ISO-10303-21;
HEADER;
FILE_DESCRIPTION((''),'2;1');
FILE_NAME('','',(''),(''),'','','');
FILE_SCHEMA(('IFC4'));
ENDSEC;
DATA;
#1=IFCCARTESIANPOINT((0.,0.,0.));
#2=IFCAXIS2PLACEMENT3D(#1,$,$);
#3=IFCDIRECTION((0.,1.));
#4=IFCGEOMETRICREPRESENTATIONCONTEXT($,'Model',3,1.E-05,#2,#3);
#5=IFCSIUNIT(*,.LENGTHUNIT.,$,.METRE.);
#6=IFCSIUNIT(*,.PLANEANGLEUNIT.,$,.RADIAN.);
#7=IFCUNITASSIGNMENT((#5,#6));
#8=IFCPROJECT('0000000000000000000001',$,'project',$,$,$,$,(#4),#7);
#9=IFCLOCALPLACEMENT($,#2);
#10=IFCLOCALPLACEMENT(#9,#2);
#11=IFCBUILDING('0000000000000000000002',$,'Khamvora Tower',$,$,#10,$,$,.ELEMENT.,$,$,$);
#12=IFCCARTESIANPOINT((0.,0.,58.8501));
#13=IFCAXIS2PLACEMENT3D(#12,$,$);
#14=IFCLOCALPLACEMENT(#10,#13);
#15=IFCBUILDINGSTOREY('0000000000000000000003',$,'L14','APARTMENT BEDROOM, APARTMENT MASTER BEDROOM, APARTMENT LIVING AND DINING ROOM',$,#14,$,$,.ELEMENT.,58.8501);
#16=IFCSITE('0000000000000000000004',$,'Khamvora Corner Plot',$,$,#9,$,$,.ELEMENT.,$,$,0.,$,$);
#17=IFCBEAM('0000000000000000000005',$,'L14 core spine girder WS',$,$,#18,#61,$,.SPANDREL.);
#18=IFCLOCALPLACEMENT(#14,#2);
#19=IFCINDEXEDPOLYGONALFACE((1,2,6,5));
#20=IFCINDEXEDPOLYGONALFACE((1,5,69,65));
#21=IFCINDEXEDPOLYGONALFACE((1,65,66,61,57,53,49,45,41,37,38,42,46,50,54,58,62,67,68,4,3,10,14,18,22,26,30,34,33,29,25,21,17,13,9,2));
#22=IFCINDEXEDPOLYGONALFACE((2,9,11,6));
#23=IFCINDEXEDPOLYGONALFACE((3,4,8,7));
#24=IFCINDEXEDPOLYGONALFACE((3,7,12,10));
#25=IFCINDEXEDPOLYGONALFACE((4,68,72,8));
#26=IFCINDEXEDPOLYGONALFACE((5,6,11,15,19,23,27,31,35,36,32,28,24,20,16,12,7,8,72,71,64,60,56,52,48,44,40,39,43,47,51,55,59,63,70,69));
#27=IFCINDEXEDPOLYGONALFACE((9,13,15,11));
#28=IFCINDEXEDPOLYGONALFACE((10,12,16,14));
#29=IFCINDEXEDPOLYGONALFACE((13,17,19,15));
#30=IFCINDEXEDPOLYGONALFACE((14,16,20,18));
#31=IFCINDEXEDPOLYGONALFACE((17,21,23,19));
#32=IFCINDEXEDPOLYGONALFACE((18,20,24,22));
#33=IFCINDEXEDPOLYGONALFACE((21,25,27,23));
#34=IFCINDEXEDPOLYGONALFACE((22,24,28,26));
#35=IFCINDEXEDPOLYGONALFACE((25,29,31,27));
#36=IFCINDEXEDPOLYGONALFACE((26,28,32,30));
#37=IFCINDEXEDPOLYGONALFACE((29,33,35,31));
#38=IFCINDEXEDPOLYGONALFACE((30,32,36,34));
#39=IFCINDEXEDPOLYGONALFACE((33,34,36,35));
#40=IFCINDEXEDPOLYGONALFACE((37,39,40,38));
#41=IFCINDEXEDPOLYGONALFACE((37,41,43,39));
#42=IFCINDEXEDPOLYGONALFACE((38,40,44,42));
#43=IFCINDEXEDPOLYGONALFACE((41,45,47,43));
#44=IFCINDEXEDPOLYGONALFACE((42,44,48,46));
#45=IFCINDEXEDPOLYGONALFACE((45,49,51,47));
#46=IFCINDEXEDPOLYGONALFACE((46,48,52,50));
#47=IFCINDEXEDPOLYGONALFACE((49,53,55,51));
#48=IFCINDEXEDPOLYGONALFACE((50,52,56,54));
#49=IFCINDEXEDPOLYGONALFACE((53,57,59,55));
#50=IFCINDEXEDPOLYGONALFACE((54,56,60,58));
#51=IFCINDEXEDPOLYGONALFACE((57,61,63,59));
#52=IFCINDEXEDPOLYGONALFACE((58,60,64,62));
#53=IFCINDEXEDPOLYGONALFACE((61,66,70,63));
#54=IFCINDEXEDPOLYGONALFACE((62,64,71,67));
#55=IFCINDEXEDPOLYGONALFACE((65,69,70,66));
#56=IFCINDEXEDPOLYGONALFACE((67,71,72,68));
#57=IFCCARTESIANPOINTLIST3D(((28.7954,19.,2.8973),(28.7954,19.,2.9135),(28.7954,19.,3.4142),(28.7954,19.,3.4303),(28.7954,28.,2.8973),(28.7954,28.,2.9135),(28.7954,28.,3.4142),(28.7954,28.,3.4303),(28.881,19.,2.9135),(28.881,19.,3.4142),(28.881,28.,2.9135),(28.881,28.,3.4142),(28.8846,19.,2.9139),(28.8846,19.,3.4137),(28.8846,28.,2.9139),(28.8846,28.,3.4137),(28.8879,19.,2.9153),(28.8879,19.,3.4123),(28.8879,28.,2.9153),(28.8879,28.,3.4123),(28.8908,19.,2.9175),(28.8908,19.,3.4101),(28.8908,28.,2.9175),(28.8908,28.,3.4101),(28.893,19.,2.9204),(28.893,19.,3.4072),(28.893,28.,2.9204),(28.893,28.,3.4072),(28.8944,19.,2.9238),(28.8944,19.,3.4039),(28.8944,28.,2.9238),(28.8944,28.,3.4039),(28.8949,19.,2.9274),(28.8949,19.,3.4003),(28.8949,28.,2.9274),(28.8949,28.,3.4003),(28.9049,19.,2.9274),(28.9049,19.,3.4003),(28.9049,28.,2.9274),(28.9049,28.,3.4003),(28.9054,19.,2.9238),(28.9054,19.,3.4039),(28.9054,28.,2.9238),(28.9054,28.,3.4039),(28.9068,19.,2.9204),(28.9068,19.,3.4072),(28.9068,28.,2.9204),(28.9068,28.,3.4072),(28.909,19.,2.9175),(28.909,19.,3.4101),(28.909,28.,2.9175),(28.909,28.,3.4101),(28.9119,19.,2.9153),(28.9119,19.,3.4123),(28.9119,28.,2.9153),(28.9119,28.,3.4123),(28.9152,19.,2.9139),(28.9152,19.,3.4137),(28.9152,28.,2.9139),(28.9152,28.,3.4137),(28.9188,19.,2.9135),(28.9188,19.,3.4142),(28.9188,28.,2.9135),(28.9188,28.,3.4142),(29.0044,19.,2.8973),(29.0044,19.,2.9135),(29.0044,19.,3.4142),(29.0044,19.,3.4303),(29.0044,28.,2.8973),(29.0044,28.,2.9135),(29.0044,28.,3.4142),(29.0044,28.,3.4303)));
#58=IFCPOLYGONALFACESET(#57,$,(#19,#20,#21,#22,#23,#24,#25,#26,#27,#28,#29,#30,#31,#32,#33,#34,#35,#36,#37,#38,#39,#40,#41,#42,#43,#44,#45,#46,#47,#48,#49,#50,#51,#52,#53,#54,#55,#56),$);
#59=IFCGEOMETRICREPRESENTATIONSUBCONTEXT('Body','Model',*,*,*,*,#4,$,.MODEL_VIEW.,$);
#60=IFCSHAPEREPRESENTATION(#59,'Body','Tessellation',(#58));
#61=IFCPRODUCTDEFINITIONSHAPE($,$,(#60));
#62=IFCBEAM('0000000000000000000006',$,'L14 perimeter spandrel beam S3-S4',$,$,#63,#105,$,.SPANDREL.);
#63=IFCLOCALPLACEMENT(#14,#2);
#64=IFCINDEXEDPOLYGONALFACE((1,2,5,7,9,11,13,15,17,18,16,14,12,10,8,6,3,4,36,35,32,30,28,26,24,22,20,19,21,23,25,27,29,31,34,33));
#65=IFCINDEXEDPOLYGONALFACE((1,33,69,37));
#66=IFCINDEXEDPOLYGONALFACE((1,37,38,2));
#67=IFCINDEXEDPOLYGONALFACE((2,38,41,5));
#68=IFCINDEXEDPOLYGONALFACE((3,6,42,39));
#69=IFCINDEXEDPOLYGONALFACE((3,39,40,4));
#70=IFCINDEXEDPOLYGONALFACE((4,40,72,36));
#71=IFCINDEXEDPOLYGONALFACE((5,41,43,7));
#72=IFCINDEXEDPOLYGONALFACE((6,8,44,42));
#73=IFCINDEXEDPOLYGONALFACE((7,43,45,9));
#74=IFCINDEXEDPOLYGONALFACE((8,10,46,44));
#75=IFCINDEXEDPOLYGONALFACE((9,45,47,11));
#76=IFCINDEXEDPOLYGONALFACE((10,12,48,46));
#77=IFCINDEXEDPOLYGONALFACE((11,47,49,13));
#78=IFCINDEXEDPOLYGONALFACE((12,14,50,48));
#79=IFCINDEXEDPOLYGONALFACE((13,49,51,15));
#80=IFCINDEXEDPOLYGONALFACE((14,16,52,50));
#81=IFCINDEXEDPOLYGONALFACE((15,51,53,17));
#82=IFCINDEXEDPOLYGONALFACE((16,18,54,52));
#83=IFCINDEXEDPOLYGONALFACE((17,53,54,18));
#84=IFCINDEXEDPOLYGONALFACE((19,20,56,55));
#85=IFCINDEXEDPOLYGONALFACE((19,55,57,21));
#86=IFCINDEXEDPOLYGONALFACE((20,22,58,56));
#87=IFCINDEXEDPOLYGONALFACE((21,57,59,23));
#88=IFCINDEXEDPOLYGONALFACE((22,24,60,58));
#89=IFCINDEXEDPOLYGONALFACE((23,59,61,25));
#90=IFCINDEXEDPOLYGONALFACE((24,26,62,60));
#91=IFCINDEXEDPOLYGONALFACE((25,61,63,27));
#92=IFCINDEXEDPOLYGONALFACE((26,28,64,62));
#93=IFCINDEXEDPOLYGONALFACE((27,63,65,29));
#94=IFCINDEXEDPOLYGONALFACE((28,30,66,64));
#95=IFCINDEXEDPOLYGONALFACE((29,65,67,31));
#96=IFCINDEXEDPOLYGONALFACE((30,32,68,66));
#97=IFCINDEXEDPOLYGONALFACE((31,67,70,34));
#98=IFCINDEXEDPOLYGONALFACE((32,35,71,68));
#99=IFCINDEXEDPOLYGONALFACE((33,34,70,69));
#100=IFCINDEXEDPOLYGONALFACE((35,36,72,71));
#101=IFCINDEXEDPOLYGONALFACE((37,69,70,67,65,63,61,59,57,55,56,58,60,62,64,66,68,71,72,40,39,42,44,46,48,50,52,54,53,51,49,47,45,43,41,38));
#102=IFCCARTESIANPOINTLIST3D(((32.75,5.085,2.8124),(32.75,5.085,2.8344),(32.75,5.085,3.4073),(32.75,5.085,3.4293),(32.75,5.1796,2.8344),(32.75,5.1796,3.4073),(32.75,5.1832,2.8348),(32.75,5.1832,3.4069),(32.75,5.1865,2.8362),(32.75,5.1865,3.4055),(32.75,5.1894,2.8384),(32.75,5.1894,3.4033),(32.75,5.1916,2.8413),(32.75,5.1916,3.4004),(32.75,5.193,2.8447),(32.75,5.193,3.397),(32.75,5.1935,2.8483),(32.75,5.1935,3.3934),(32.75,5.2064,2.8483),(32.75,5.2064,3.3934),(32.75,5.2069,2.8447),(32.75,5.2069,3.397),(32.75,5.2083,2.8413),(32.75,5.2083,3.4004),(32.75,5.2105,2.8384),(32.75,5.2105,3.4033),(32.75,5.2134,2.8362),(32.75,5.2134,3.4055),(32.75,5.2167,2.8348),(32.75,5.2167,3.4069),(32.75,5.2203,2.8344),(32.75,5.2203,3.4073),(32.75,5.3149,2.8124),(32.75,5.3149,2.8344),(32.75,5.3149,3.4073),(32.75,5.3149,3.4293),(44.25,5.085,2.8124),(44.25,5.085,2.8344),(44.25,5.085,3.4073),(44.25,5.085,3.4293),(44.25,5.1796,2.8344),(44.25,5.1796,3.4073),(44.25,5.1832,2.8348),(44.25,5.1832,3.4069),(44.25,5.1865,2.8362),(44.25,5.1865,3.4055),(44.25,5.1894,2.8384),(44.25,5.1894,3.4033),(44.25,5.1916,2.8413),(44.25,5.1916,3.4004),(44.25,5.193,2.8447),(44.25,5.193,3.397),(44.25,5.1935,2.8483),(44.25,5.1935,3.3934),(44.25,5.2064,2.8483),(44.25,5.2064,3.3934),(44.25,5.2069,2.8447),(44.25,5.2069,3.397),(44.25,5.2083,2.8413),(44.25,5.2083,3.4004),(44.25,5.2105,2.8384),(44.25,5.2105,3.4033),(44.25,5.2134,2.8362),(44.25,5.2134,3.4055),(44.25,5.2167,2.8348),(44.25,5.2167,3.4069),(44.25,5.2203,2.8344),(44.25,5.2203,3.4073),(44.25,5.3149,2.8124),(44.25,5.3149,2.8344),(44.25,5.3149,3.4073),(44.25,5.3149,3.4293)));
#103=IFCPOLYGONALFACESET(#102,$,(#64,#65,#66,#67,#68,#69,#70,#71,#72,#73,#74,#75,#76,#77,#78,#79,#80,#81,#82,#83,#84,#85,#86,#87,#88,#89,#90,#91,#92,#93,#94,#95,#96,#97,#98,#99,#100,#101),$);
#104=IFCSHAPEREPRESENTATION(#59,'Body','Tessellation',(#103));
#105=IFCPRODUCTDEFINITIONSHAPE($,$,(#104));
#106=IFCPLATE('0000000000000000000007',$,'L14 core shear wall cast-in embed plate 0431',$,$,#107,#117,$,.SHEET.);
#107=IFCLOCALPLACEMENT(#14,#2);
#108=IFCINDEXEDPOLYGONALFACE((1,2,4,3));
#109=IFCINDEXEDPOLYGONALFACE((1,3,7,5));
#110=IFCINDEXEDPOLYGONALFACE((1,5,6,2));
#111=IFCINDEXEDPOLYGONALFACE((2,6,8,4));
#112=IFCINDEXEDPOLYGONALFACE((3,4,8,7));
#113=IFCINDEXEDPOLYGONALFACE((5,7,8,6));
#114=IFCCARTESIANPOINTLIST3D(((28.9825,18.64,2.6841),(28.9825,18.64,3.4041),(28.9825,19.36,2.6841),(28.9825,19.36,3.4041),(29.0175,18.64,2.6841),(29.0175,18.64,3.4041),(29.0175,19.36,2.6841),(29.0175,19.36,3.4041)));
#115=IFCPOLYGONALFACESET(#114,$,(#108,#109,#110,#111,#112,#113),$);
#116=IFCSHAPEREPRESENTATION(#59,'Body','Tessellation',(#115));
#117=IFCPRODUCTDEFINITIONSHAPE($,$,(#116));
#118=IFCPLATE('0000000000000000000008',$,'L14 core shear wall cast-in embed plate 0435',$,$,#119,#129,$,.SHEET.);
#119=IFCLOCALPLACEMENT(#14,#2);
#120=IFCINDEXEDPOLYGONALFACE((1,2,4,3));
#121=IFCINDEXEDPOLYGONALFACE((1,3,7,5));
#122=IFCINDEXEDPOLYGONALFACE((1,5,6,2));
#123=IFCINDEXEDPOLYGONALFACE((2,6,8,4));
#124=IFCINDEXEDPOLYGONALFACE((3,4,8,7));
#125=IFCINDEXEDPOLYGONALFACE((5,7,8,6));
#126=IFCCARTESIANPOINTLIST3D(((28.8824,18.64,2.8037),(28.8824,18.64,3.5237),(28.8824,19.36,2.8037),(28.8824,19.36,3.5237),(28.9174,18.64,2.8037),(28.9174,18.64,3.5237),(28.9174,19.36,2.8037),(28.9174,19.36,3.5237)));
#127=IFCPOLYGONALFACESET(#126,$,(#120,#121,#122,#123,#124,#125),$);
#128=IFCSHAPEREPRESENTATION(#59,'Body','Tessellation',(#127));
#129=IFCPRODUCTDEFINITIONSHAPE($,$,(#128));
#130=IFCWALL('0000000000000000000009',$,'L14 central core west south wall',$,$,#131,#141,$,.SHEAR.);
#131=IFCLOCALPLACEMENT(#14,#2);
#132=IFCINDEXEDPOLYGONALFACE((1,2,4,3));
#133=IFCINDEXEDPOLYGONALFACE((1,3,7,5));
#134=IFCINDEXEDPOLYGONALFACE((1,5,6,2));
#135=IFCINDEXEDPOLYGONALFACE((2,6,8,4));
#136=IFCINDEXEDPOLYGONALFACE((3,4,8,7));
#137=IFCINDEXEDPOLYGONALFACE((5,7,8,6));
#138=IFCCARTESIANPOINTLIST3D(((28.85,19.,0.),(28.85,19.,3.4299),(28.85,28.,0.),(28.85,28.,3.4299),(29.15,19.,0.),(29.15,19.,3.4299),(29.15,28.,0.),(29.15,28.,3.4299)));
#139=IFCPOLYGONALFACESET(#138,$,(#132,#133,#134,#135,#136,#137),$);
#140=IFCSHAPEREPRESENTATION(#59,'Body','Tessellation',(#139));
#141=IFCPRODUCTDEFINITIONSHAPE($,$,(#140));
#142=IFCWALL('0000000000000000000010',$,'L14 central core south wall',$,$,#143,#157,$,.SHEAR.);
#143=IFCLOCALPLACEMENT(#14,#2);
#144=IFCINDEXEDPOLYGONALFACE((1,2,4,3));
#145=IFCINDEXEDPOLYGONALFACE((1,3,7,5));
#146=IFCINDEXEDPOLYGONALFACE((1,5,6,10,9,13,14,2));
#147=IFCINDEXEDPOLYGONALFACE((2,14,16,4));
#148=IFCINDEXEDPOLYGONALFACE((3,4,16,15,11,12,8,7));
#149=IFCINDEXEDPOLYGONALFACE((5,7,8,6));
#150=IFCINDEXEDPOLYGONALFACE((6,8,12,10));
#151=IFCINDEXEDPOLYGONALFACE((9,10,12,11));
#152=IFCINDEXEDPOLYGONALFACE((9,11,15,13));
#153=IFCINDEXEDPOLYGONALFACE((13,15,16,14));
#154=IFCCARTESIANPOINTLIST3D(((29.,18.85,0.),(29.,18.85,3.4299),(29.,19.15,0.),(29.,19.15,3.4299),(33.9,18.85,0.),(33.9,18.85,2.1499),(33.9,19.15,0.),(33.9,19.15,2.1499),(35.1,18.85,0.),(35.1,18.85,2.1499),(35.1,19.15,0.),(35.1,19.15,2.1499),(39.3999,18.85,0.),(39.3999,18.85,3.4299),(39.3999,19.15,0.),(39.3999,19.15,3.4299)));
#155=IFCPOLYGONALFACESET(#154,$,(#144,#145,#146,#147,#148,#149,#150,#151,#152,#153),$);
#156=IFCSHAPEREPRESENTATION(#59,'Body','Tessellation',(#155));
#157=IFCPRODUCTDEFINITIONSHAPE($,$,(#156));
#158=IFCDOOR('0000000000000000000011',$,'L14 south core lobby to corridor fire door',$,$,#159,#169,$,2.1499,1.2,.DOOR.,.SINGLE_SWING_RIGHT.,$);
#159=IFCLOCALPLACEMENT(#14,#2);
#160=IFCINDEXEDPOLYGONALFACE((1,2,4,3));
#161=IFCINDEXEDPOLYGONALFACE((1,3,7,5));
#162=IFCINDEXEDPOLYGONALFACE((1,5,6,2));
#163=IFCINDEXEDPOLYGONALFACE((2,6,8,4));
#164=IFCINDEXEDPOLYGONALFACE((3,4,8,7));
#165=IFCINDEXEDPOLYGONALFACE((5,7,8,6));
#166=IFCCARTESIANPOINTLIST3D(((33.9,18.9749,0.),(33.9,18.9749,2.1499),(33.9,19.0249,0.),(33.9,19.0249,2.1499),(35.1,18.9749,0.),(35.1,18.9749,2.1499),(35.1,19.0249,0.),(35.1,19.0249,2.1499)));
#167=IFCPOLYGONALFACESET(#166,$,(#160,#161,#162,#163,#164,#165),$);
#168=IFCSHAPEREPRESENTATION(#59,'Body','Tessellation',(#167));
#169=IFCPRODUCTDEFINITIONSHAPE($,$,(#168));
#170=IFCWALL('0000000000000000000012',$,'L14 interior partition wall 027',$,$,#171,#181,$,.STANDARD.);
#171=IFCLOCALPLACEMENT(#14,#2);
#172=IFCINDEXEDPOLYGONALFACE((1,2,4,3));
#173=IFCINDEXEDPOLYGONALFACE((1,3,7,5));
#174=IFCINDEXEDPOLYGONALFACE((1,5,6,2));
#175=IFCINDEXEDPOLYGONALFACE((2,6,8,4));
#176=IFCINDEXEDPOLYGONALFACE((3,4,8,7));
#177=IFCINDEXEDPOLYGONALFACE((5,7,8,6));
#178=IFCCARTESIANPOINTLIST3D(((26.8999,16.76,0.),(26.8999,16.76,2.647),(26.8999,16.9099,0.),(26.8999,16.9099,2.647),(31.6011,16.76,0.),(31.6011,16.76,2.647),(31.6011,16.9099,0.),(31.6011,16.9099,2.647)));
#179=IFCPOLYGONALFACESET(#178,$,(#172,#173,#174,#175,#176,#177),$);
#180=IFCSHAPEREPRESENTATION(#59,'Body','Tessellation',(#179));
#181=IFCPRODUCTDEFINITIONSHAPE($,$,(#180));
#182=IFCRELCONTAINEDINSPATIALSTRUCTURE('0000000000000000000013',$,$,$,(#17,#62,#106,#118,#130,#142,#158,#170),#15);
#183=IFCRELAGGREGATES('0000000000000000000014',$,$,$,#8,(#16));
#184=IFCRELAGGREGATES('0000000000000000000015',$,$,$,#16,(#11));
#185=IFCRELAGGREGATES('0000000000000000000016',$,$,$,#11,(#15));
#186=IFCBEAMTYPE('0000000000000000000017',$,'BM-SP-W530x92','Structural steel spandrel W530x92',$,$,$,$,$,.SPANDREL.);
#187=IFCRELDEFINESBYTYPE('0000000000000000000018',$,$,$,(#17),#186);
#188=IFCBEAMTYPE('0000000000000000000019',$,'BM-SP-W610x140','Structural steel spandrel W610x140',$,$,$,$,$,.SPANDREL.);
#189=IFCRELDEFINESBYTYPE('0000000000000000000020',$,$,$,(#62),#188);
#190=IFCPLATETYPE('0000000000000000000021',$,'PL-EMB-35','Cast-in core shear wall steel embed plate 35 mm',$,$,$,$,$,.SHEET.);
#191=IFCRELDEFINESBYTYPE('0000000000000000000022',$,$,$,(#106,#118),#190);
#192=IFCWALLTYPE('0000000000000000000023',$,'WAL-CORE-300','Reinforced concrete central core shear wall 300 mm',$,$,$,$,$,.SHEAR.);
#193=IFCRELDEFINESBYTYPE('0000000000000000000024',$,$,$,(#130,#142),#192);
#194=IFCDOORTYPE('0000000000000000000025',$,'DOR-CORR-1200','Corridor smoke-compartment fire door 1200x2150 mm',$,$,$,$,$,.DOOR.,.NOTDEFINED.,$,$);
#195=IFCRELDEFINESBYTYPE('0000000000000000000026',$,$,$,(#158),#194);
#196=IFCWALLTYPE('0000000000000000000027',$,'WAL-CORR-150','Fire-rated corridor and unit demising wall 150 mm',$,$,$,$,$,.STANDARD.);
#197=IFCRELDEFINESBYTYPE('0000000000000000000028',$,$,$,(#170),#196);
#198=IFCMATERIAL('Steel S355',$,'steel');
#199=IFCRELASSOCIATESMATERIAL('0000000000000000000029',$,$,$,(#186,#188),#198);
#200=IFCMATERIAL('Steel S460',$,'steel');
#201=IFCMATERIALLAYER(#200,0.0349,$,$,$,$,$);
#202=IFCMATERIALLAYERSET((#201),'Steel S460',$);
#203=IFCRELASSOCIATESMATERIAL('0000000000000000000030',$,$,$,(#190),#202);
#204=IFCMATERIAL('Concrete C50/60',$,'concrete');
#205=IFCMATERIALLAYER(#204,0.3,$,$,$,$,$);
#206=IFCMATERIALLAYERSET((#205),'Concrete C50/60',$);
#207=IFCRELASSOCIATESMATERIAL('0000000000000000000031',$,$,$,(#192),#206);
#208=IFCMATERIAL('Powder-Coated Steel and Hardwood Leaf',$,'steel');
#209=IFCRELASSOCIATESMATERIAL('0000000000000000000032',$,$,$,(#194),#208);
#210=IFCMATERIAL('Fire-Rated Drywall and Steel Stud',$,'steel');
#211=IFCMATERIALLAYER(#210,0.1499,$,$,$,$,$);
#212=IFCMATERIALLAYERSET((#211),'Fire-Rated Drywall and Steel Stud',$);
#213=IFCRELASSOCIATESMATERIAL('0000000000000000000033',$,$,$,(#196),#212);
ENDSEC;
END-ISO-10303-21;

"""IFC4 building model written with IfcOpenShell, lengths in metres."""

from ifc_helpers import new_model, si_unit, direction, frame, frame_2d, origin, origin_2d, place, context, subcontext, project, spatial, rectangle, i_section, extrude, material, layer, layer_set, material_profile, profile_set, type_object, element, fill, save


model = new_model("IFC4")

# Units and contexts
model_context = context("Model", 3, precision=1e-05, world=origin(), true_north=direction((0.0, 1.0)))
body_context = subcontext(model_context, "Body", "Model", "MODEL_VIEW")
ifc_project = project(units=[si_unit("LENGTHUNIT", "METRE"), si_unit("PLANEANGLEUNIT", "RADIAN")], contexts=[model_context])

# Site, building, storey
site_placement = place(None, origin())
site = spatial("IfcSite", under=ifc_project, at=site_placement, Name="Khamvora Corner Plot", CompositionType="ELEMENT", RefElevation=0.0)
building_placement = place(site_placement, origin())
building = spatial("IfcBuilding", under=site, at=building_placement, Name="Khamvora Tower", CompositionType="ELEMENT")
storey_placement = place(building_placement, frame((0.0, 0.0, 58.8501)))
storey = spatial("IfcBuildingStorey", under=building, at=storey_placement, Name="L14", Description="APARTMENT BEDROOM, APARTMENT MASTER BEDROOM, APARTMENT LIVING AND DINING ROOM", CompositionType="ELEMENT", Elevation=58.8501)

# Shared definitions
ifc_material_1 = material(Name="Steel S460", Category="steel")

# Beams
ifc_material_2 = material(Name="Steel S355", Category="steel")
ifc_material_profile_1 = material_profile(ifc_material_2, i_section(OverallWidth=0.209, OverallDepth=0.533, WebThickness=0.01, FlangeThickness=0.0161, FilletRadius=0.0139, at=origin_2d()), Name="W530x92")
ifc_profile_set_1 = profile_set([ifc_material_profile_1], Name="Steel S355")
beam_type_1 = type_object("IfcBeamType", Name="BM-SP-W530x92", Description="Structural steel spandrel W530x92", PredefinedType="SPANDREL", material=ifc_profile_set_1)
beam_1_placement = place(storey_placement, frame((28.8999, 19.0, 3.1638), z_axis=(0.0, 1.0, 0.0), x_axis=(-1.0, 0.0, 0.0)))
element("IfcBeam", 1, at=beam_1_placement, inside=storey, type_object=beam_type_1, Name="L14 core spine girder WS", PredefinedType="SPANDREL", context=body_context, shape_type="SweptSolid", body=[
    extrude(i_section(OverallWidth=0.209, OverallDepth=0.533, WebThickness=0.01, FlangeThickness=0.0161, FilletRadius=0.0139, at=origin_2d()), origin(), (0.0, 0.0, 1.0), 9.0),
])
ifc_material_profile_2 = material_profile(ifc_material_2, i_section(OverallWidth=0.23, OverallDepth=0.6169, WebThickness=0.0129, FlangeThickness=0.022, FilletRadius=0.0139, at=origin_2d()), Name="W610x140")
ifc_profile_set_2 = profile_set([ifc_material_profile_2], Name="Steel S355")
beam_type_2 = type_object("IfcBeamType", Name="BM-SP-W610x140", Description="Structural steel spandrel W610x140", PredefinedType="SPANDREL", material=ifc_profile_set_2)
beam_2_placement = place(storey_placement, frame((32.75, 5.2, 3.1208), z_axis=(1.0, 0.0, 0.0), x_axis=(0.0, 1.0, 0.0)))
element("IfcBeam", 2, at=beam_2_placement, inside=storey, type_object=beam_type_2, Name="L14 perimeter spandrel beam S3-S4", PredefinedType="SPANDREL", context=body_context, shape_type="SweptSolid", body=[
    extrude(i_section(OverallWidth=0.23, OverallDepth=0.6169, WebThickness=0.0129, FlangeThickness=0.022, FilletRadius=0.0139, at=origin_2d()), origin(), (0.0, 0.0, 1.0), 11.5),
])

# Plates
ifc_layer_1 = layer(ifc_material_1, 0.0349)
ifc_layer_set_1 = layer_set([ifc_layer_1], Name="Steel S460")
plate_type = type_object("IfcPlateType", Name="PL-EMB-35", Description="Cast-in core shear wall steel embed plate 35 mm", PredefinedType="SHEET", material=ifc_layer_set_1)
for number, where, z_axis, x_axis, name in (
    (3, (29.0, 19.0, 2.6841), (0.0, 0.0, 1.0), (1.0, 0.0, 0.0), "L14 core shear wall cast-in embed plate 0431"),
    (4, (28.8999, 19.0, 2.8037), (0.0, 0.0, 1.0), (1.0, 0.0, 0.0), "L14 core shear wall cast-in embed plate 0435"),
):
    element("IfcPlate", number, at=place(storey_placement, frame(where, z_axis=z_axis, x_axis=x_axis)), inside=storey, type_object=plate_type, Name=name, PredefinedType="SHEET", context=body_context, shape_type="SweptSolid", body=[
        extrude(rectangle(XDim=0.0349, YDim=0.72, at=origin_2d()), origin(), (0.0, 0.0, 1.0), 0.72),
    ])

# Wall
ifc_material_3 = material(Name="Concrete C50/60", Category="concrete")
ifc_layer_2 = layer(ifc_material_3, 0.3)
ifc_layer_set_2 = layer_set([ifc_layer_2], Name="Concrete C50/60")
wall_type_1 = type_object("IfcWallType", Name="WAL-CORE-300", Description="Reinforced concrete central core shear wall 300 mm", PredefinedType="SHEAR", material=ifc_layer_set_2)
wall_1_placement = place(storey_placement, frame((29.0, 19.0, 0.0), z_axis=(0.0, 0.0, 1.0), x_axis=(0.0, 1.0, 0.0)))
element("IfcWall", 5, at=wall_1_placement, inside=storey, type_object=wall_type_1, Name="L14 central core west south wall", PredefinedType="SHEAR", context=body_context, shape_type="SweptSolid", body=[
    extrude(rectangle(XDim=9.0, YDim=0.3, at=frame_2d((4.5, 0.0))), origin(), (0.0, 0.0, 1.0), 3.4299),
])

# Wall, opening, door
wall_2_placement = place(storey_placement, frame((29.0, 19.0, 0.0), z_axis=(0.0, 0.0, 1.0), x_axis=(1.0, 0.0, 0.0)))
wall_2 = element("IfcWall", 6, at=wall_2_placement, inside=storey, type_object=wall_type_1, Name="L14 central core south wall", PredefinedType="SHEAR", context=body_context, shape_type="SweptSolid", body=[
    extrude(rectangle(XDim=10.3999, YDim=0.3, at=frame_2d((5.2, 0.0))), origin(), (0.0, 0.0, 1.0), 3.4299),
])
opening_1_placement = place(wall_2_placement, frame((4.8999, 0.0, 0.0)))
opening_1 = element("IfcOpeningElement", 7, at=opening_1_placement, cuts=wall_2, PredefinedType="OPENING", context=body_context, shape_type="SweptSolid", body=[
    extrude(rectangle(XDim=1.2, YDim=2.1499, at=frame_2d((0.6001, 1.075))), frame((0.0, 0.1599, 0.0), z_axis=(0.0, -1.0, 0.0), x_axis=(1.0, 0.0, 0.0)), (0.0, 0.0, 1.0), 0.3201),
])
ifc_material_4 = material(Name="Powder-Coated Steel and Hardwood Leaf", Category="steel")
door_type_1 = type_object("IfcDoorType", Name="DOR-CORR-1200", Description="Corridor smoke-compartment fire door 1200x2150 mm", OperationType="NOTDEFINED", PredefinedType="DOOR", material=ifc_material_4)
door_1_placement = place(opening_1_placement, origin())
door_1 = element("IfcDoor", 8, at=door_1_placement, inside=storey, type_object=door_type_1, Name="L14 south core lobby to corridor fire door", OperationType="SINGLE_SWING_RIGHT", OverallHeight=2.1499, OverallWidth=1.2, PredefinedType="DOOR", context=body_context, shape_type="SweptSolid", body=[
    extrude(rectangle(XDim=1.2, YDim=2.1499, at=frame_2d((0.6001, 1.075))), frame((0.0, 0.0249, 0.0), z_axis=(0.0, -1.0, 0.0), x_axis=(1.0, 0.0, 0.0)), (0.0, 0.0, 1.0), 0.05),
])
fill(opening_1, door_1)
ifc_material_5 = material(Name="Fire-Rated Drywall and Steel Stud", Category="steel")
ifc_layer_3 = layer(ifc_material_5, 0.1499)
ifc_layer_set_3 = layer_set([ifc_layer_3], Name="Fire-Rated Drywall and Steel Stud")
wall_type_2 = type_object("IfcWallType", Name="WAL-CORR-150", Description="Fire-rated corridor and unit demising wall 150 mm", PredefinedType="STANDARD", material=ifc_layer_set_3)

# Wall
wall_3_placement = place(storey_placement, frame((31.6011, 16.835, 0.0), z_axis=(0.0, 0.0, 1.0), x_axis=(-1.0, 0.0, 0.0)))
element("IfcWall", 9, at=wall_3_placement, inside=storey, type_object=wall_type_2, Name="L14 interior partition wall 027", PredefinedType="STANDARD", context=body_context, shape_type="SweptSolid", body=[
    extrude(rectangle(XDim=4.7012, YDim=0.1499, at=frame_2d((2.3506, 0.0))), origin(), (0.0, 0.0, 1.0), 2.647),
])

save(model, "model.ifc")
